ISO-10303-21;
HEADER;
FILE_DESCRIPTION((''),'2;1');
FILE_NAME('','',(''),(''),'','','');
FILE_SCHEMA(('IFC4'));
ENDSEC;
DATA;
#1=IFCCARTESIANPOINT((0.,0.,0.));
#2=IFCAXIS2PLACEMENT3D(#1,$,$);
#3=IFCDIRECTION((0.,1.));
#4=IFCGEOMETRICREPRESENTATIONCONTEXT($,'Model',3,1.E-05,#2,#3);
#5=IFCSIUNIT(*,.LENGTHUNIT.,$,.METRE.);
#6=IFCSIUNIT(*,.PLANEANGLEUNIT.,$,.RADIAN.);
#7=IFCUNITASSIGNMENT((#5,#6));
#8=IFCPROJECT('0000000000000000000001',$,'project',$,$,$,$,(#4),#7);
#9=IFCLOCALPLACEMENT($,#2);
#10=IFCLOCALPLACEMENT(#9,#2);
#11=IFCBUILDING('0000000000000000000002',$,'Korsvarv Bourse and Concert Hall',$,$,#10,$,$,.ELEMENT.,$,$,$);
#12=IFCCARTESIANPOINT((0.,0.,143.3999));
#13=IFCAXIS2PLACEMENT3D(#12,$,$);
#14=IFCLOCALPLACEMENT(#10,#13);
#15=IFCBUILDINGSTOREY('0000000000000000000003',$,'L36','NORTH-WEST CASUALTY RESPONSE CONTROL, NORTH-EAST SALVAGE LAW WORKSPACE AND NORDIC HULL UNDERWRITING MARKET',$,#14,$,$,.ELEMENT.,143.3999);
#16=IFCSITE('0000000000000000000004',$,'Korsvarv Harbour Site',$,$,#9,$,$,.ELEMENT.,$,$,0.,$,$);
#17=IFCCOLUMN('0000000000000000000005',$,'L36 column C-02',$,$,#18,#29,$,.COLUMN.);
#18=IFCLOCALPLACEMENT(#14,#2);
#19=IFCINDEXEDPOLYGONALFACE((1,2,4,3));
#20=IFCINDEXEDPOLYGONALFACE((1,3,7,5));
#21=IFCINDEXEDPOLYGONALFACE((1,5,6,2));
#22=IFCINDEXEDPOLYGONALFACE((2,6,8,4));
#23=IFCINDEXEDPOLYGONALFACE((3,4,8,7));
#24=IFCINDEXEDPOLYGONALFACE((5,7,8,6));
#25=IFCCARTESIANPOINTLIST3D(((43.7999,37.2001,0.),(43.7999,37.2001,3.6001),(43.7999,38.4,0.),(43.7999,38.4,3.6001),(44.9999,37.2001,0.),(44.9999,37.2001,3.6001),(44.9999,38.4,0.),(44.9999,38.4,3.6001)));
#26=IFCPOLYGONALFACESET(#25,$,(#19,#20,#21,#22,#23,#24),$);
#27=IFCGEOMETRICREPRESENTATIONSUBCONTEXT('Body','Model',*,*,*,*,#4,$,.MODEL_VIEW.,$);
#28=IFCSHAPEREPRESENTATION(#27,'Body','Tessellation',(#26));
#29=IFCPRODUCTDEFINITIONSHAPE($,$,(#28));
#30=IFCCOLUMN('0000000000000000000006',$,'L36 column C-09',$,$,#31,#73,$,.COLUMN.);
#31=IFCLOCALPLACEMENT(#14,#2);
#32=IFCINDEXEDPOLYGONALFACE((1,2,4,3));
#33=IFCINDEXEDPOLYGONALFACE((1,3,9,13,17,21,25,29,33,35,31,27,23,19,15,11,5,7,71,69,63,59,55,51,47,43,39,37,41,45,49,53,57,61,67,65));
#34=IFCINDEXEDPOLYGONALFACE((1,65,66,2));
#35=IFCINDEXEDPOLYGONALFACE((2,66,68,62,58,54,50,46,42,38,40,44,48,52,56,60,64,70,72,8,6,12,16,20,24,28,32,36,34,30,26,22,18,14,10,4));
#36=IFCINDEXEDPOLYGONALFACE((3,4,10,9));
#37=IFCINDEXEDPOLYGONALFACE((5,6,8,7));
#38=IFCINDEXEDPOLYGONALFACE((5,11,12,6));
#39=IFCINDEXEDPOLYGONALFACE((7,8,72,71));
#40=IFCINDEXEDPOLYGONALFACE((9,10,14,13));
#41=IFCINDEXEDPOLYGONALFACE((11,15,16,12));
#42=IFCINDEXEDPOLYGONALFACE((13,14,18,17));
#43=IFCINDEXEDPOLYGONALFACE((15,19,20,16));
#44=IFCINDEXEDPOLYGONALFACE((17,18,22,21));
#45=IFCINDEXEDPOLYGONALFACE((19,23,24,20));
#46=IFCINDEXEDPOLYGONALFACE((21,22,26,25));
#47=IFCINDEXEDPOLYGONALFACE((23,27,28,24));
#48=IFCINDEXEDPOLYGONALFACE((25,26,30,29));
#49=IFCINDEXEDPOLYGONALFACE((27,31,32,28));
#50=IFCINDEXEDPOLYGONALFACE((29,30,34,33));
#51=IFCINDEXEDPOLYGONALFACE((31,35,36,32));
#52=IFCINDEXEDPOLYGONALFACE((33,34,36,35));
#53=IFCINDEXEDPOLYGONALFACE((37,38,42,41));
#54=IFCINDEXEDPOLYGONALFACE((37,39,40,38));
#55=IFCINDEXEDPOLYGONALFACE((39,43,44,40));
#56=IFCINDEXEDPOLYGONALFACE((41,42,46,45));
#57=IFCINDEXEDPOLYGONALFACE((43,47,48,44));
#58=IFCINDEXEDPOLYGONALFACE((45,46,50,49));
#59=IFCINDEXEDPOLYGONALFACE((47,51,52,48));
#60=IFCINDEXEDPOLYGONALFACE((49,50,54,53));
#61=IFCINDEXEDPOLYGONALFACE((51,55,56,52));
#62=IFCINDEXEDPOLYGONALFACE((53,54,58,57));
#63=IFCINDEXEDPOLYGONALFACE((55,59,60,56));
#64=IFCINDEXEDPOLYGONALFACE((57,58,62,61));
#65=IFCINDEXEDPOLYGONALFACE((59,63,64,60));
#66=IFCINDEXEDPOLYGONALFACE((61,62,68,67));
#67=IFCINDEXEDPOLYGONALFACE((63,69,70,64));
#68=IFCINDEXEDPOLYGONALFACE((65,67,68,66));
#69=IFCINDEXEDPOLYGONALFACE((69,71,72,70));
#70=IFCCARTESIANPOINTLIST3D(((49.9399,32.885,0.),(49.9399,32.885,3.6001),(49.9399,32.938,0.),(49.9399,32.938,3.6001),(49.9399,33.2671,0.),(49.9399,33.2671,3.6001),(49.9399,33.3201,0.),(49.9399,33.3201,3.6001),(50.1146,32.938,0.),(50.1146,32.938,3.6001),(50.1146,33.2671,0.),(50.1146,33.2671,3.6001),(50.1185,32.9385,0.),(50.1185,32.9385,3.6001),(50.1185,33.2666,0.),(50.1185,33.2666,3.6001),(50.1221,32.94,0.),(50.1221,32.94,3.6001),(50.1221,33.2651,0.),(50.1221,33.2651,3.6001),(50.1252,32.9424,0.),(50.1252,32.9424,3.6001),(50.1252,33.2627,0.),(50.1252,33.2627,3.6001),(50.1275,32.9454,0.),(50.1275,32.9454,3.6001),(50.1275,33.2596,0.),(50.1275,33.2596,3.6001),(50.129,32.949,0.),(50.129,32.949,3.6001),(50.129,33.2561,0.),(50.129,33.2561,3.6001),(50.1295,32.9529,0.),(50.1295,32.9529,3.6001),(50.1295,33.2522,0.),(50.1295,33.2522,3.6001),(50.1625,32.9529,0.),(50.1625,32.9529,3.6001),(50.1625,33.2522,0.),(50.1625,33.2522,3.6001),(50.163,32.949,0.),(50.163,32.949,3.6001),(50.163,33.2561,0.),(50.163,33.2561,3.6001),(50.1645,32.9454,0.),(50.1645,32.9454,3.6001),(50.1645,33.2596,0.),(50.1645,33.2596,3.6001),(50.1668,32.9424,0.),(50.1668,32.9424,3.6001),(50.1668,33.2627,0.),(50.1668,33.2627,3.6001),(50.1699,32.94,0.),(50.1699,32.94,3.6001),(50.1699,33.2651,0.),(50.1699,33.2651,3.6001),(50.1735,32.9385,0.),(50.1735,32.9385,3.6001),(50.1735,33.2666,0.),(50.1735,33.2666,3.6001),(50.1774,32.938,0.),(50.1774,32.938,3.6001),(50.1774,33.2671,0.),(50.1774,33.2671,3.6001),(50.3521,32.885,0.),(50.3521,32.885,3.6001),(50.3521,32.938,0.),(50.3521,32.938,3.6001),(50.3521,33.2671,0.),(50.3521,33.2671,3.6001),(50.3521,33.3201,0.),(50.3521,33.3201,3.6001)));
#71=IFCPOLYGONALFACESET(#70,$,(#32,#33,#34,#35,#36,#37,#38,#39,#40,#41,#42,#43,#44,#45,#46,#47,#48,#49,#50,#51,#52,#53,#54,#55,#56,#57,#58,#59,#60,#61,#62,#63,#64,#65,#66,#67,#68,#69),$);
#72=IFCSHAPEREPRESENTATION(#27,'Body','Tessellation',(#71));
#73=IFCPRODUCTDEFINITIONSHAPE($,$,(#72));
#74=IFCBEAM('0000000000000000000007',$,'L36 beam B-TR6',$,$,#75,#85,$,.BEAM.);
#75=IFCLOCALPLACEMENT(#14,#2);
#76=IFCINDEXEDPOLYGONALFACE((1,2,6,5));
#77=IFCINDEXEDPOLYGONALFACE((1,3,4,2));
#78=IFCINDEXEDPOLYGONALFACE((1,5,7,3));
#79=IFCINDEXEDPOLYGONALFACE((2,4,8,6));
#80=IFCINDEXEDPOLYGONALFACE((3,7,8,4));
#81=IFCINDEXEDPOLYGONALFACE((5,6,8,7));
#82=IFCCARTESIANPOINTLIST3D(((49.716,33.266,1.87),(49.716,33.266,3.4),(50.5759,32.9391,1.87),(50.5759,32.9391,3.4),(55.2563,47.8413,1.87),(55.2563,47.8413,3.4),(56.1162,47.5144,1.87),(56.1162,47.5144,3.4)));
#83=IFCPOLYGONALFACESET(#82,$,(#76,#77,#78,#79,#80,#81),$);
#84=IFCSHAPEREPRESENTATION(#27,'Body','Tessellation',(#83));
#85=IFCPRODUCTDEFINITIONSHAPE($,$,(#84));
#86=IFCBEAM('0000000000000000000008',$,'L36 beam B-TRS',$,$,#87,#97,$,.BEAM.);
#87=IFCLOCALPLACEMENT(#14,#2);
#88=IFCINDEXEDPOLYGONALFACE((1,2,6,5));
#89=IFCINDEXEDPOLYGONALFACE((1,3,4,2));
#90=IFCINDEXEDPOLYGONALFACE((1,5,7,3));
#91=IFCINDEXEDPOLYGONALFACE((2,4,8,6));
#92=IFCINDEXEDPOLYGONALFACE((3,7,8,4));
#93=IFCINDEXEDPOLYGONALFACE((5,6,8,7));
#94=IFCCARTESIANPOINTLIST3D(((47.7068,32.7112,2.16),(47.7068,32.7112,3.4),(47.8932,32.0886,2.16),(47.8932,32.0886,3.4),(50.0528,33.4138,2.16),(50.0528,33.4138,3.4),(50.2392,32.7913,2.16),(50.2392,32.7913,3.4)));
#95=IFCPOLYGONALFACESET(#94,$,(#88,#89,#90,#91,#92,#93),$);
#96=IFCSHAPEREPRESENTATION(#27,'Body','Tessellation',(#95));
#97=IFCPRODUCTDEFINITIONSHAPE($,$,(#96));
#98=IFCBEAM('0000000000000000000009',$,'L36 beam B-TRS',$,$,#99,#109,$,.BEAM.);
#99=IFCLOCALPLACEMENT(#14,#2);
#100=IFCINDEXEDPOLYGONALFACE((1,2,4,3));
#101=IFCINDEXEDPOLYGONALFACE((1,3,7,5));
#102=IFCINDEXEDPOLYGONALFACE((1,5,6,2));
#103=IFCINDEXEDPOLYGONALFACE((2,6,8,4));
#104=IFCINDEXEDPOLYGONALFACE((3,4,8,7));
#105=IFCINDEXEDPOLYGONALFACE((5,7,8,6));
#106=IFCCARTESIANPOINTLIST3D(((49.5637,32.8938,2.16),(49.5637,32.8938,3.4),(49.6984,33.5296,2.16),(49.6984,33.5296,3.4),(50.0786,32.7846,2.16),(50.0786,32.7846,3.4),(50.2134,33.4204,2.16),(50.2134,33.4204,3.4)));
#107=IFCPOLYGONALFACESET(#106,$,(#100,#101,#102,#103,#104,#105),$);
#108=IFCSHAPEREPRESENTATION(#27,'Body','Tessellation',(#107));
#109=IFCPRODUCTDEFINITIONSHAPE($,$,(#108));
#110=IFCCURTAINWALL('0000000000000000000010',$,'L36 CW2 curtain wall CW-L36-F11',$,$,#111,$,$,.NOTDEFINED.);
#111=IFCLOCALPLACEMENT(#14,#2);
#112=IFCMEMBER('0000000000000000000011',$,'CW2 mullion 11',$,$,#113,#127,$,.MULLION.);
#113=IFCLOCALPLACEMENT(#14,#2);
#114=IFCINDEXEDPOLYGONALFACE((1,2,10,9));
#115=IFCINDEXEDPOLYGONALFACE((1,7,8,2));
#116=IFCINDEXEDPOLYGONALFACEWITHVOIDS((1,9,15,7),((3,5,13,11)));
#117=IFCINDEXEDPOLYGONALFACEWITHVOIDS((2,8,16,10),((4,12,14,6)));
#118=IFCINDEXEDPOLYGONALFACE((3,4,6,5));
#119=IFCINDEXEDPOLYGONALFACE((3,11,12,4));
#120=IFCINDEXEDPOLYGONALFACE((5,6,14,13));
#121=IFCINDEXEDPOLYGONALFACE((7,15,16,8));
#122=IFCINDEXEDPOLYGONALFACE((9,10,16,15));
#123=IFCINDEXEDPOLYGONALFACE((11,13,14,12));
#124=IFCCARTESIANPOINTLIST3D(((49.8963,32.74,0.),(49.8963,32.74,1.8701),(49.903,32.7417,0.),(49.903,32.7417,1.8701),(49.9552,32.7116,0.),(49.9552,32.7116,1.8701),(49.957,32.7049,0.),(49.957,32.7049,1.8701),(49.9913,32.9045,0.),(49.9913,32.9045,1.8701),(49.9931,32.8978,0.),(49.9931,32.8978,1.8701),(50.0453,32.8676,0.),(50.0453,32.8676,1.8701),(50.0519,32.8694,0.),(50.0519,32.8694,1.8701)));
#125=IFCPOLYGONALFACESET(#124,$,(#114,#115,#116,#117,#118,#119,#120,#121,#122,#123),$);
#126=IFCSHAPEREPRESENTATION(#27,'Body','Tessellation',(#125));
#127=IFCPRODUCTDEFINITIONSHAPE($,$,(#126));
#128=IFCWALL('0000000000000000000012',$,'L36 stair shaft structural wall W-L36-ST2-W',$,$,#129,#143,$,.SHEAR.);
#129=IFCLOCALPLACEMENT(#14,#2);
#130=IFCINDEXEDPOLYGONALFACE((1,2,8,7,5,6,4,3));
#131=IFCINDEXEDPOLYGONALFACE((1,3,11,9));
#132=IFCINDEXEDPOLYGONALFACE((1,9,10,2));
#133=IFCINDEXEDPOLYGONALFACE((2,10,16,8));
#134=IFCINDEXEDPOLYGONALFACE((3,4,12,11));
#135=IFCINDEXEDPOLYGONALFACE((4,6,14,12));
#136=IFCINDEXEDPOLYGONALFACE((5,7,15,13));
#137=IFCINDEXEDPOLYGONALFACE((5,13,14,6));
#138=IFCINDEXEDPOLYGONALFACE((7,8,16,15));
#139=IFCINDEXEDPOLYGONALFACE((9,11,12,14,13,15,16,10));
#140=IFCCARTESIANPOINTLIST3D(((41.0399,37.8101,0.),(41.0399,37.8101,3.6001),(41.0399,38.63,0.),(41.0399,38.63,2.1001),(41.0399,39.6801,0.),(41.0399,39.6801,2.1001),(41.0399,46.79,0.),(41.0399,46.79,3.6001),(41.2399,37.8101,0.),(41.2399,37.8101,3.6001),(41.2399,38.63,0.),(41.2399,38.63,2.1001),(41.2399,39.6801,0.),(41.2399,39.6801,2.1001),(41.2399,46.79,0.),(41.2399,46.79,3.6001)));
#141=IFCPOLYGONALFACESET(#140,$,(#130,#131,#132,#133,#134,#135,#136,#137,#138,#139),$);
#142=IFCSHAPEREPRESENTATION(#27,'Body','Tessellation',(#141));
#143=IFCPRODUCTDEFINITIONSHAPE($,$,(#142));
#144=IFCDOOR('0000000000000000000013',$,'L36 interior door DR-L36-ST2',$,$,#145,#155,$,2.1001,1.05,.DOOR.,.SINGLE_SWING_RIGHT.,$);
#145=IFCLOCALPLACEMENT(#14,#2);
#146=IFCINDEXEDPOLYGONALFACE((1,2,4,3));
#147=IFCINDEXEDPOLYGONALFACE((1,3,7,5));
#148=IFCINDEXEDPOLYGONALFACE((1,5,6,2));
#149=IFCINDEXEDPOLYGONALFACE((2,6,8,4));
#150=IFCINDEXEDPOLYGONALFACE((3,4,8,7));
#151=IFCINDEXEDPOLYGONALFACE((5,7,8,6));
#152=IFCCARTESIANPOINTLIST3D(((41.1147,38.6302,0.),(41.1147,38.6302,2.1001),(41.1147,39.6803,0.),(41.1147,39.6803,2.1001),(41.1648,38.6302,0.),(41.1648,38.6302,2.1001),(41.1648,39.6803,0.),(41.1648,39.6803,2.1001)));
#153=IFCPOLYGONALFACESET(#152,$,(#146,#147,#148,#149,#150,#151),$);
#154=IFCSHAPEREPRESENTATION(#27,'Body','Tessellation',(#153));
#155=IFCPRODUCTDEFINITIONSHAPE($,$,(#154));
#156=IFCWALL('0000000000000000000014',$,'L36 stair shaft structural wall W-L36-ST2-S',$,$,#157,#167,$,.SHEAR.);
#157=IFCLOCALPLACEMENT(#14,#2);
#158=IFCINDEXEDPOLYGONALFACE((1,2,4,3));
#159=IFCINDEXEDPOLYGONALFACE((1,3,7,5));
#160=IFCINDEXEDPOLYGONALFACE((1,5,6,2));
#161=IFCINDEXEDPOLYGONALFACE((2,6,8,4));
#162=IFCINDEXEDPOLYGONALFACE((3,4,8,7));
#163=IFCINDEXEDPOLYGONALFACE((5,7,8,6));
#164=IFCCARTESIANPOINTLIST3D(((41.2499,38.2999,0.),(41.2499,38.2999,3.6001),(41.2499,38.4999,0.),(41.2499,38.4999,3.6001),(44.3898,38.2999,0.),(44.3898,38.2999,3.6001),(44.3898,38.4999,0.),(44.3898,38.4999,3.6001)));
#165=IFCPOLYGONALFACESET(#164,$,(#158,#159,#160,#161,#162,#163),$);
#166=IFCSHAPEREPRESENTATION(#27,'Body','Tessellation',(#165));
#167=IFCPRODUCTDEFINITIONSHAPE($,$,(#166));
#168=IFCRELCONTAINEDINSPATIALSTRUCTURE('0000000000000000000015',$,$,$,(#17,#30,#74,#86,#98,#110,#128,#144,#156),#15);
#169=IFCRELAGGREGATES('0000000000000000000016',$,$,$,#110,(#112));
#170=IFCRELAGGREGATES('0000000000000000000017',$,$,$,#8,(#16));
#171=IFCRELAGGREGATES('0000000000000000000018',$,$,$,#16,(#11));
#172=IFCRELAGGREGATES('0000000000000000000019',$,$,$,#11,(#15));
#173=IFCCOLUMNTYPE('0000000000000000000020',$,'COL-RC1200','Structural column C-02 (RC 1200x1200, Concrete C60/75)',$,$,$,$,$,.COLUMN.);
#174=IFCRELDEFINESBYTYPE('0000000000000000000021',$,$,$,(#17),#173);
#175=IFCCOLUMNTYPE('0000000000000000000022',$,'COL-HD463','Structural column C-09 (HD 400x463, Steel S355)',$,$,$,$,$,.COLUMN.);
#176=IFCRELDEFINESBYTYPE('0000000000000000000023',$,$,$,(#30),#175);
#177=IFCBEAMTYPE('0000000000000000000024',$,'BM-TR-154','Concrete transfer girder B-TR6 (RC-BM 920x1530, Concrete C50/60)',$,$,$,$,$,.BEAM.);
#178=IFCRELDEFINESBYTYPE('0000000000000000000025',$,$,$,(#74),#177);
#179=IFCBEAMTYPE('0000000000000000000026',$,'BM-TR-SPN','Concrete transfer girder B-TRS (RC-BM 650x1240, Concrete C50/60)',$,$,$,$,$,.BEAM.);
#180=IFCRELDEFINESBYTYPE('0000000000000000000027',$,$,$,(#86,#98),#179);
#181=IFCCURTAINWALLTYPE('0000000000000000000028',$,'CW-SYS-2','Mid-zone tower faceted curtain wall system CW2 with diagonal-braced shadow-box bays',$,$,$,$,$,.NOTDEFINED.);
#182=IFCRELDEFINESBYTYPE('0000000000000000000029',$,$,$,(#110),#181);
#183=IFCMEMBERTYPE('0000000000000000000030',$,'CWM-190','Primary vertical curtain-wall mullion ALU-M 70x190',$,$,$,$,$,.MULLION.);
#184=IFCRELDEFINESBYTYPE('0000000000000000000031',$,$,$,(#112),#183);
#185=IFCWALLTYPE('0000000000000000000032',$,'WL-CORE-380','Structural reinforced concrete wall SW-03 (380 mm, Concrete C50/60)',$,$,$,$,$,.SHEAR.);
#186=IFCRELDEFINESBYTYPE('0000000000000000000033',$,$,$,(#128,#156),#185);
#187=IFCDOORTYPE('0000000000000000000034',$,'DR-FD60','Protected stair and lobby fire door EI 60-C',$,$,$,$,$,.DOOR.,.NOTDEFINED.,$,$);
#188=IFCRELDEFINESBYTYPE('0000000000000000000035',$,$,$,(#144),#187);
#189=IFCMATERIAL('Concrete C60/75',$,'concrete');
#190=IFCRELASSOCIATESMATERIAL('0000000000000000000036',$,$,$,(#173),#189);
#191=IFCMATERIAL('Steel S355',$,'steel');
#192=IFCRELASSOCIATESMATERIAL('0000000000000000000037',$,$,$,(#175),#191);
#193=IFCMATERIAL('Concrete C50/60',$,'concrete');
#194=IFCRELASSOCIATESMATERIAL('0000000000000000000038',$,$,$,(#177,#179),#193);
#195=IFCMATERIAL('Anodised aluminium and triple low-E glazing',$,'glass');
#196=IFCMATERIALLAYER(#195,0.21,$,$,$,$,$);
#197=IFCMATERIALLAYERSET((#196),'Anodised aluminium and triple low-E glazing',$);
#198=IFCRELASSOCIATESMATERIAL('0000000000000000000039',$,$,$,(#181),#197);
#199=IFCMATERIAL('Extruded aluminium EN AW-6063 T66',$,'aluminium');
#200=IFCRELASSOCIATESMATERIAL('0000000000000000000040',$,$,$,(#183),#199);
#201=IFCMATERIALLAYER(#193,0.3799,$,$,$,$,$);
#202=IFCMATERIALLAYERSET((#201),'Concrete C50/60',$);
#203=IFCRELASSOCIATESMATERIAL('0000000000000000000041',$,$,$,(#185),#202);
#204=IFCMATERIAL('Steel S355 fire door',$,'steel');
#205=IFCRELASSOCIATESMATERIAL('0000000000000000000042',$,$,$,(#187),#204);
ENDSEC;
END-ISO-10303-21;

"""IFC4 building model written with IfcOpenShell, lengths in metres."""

from ifc_helpers import new_model, si_unit, direction, frame, frame_2d, origin, origin_2d, place, context, subcontext, project, spatial, rectangle, hollow_rectangle, i_section, extrude, source, transform, mapped, material, layer, layer_set, material_profile, profile_set, type_object, element, fill, aggregate, save


model = new_model("IFC4")

# Units and contexts
model_context = context("Model", 3, precision=1e-05, world=origin(), true_north=direction((0.0, 1.0)))
body_context = subcontext(model_context, "Body", "Model", "MODEL_VIEW")
ifc_project = project(units=[si_unit("LENGTHUNIT", "METRE"), si_unit("PLANEANGLEUNIT", "RADIAN")], contexts=[model_context])

# Site, building, storey
site_placement = place(None, origin())
site = spatial("IfcSite", under=ifc_project, at=site_placement, Name="Korsvarv Harbour Site", CompositionType="ELEMENT", RefElevation=0.0)
building_placement = place(site_placement, origin())
building = spatial("IfcBuilding", under=site, at=building_placement, Name="Korsvarv Bourse and Concert Hall", CompositionType="ELEMENT")
storey_placement = place(building_placement, frame((0.0, 0.0, 143.3999)))
storey = spatial("IfcBuildingStorey", under=building, at=storey_placement, Name="L36", Description="NORTH-WEST CASUALTY RESPONSE CONTROL, NORTH-EAST SALVAGE LAW WORKSPACE AND NORDIC HULL UNDERWRITING MARKET", CompositionType="ELEMENT", Elevation=143.3999)

# Columns
ifc_material_1 = material(Name="Concrete C60/75", Category="concrete")
ifc_material_profile_1 = material_profile(ifc_material_1, rectangle(XDim=1.2, YDim=1.2, at=origin_2d()), Name="RC 1200x1200")
ifc_profile_set_1 = profile_set([ifc_material_profile_1], Name="Concrete C60/75")
column_type_1 = type_object("IfcColumnType", Name="COL-RC1200", Description="Structural column C-02 (RC 1200x1200, Concrete C60/75)", PredefinedType="COLUMN", material=ifc_profile_set_1)
shared_shape_1 = source(origin(), body_context, "Body", "SweptSolid", [
    extrude(rectangle(XDim=1.2, YDim=1.2, at=origin_2d()), origin(), (0.0, 0.0, 1.0), 3.6001),
])
column_1_placement = place(storey_placement, frame((44.3999, 37.8, 0.0), z_axis=(0.0, 0.0, 1.0), x_axis=(1.0, 0.0, 0.0)))
element("IfcColumn", 1, at=column_1_placement, inside=storey, type_object=column_type_1, Name="L36 column C-02", PredefinedType="COLUMN", context=body_context, shape_type="MappedRepresentation", body=[
    mapped(shared_shape_1, transform((0.0, 0.0, 0.0), scale=1.0)),
])
ifc_material_2 = material(Name="Steel S355", Category="steel")
ifc_material_profile_2 = material_profile(ifc_material_2, i_section(OverallWidth=0.4121, OverallDepth=0.4351, WebThickness=0.033, FlangeThickness=0.053, FilletRadius=0.0149, at=origin_2d()), Name="HD 400x463")
ifc_profile_set_2 = profile_set([ifc_material_profile_2], Name="Steel S355")
column_type_2 = type_object("IfcColumnType", Name="COL-HD463", Description="Structural column C-09 (HD 400x463, Steel S355)", PredefinedType="COLUMN", material=ifc_profile_set_2)
shared_shape_2 = source(origin(), body_context, "Body", "SweptSolid", [
    extrude(i_section(OverallWidth=0.4121, OverallDepth=0.4351, WebThickness=0.033, FlangeThickness=0.053, FilletRadius=0.0149, at=origin_2d()), origin(), (0.0, 0.0, 1.0), 3.6001),
])
column_2_placement = place(storey_placement, frame((50.146, 33.1025, 0.0), z_axis=(0.0, 0.0, 1.0), x_axis=(1.0, 0.0, 0.0)))
element("IfcColumn", 2, at=column_2_placement, inside=storey, type_object=column_type_2, Name="L36 column C-09", PredefinedType="COLUMN", context=body_context, shape_type="MappedRepresentation", body=[
    mapped(shared_shape_2, transform((0.0, 0.0, 0.0), scale=1.0)),
])

# Beams
ifc_material_3 = material(Name="Concrete C50/60", Category="concrete")
ifc_material_profile_3 = material_profile(ifc_material_3, rectangle(XDim=0.9199, YDim=1.53, at=origin_2d()), Name="RC-BM 920x1530")
ifc_profile_set_3 = profile_set([ifc_material_profile_3], Name="Concrete C50/60")
beam_type_1 = type_object("IfcBeamType", Name="BM-TR-154", Description="Concrete transfer girder B-TR6 (RC-BM 920x1530, Concrete C50/60)", PredefinedType="BEAM", material=ifc_profile_set_3)
shared_shape_3 = source(origin(), body_context, "Body", "SweptSolid", [
    extrude(rectangle(XDim=0.9199, YDim=1.53, at=origin_2d()), origin(), (0.0, 0.0, 1.0), 15.5928),
])
beam_1_placement = place(storey_placement, frame((50.146, 33.1025, 2.635), z_axis=(0.355308, 0.934749, 0.0), x_axis=(-0.934749, 0.355308, 0.0)))
element("IfcBeam", 3, at=beam_1_placement, inside=storey, type_object=beam_type_1, Name="L36 beam B-TR6", PredefinedType="BEAM", context=body_context, shape_type="MappedRepresentation", body=[
    mapped(shared_shape_3, transform((0.0, 0.0, 0.0), scale=1.0)),
])
ifc_material_profile_4 = material_profile(ifc_material_3, rectangle(XDim=0.6499, YDim=1.24, at=origin_2d()), Name="RC-BM 650x1240")
ifc_profile_set_4 = profile_set([ifc_material_profile_4], Name="Concrete C50/60")
beam_type_2 = type_object("IfcBeamType", Name="BM-TR-SPN", Description="Concrete transfer girder B-TRS (RC-BM 650x1240, Concrete C50/60)", PredefinedType="BEAM", material=ifc_profile_set_4)
shared_shape_4 = source(origin(), body_context, "Body", "SweptSolid", [
    extrude(rectangle(XDim=0.6499, YDim=1.24, at=origin_2d()), origin(), (0.0, 0.0, 1.0), 2.449),
])
beam_2_placement = place(storey_placement, frame((50.146, 33.1025, 2.78), z_axis=(-0.957955, -0.286918, 0.0), x_axis=(0.286918, -0.957955, 0.0)))
element("IfcBeam", 4, at=beam_2_placement, inside=storey, type_object=beam_type_2, Name="L36 beam B-TRS", PredefinedType="BEAM", context=body_context, shape_type="MappedRepresentation", body=[
    mapped(shared_shape_4, transform((0.0, 0.0, 0.0), scale=1.0)),
])
shared_shape_5 = source(origin(), body_context, "Body", "SweptSolid", [
    extrude(rectangle(XDim=0.6499, YDim=1.24, at=origin_2d()), origin(), (0.0, 0.0, 1.0), 0.5264),
])
beam_3_placement = place(storey_placement, frame((50.146, 33.1025, 2.78), z_axis=(-0.978268, 0.207343, 0.0), x_axis=(-0.207343, -0.978268, 0.0)))
element("IfcBeam", 5, at=beam_3_placement, inside=storey, type_object=beam_type_2, Name="L36 beam B-TRS", PredefinedType="BEAM", context=body_context, shape_type="MappedRepresentation", body=[
    mapped(shared_shape_5, transform((0.0, 0.0, 0.0), scale=1.0)),
])

# Curtain wall, member
ifc_material_4 = material(Name="Anodised aluminium and triple low-E glazing", Category="glass")
ifc_layer_1 = layer(ifc_material_4, 0.21)
ifc_layer_set_1 = layer_set([ifc_layer_1], Name="Anodised aluminium and triple low-E glazing")
curtain_wall_type = type_object("IfcCurtainWallType", Name="CW-SYS-2", Description="Mid-zone tower faceted curtain wall system CW2 with diagonal-braced shadow-box bays", PredefinedType="NOTDEFINED", material=ifc_layer_set_1)
curtain_wall_placement = place(storey_placement, origin())
curtain_wall = element("IfcCurtainWall", 6, at=curtain_wall_placement, inside=storey, type_object=curtain_wall_type, Name="L36 CW2 curtain wall CW-L36-F11", PredefinedType="NOTDEFINED")
ifc_material_5 = material(Name="Extruded aluminium EN AW-6063 T66", Category="aluminium")
ifc_material_profile_5 = material_profile(ifc_material_5, hollow_rectangle(XDim=0.0701, YDim=0.1899, WallThickness=0.0049, at=origin_2d()), Name="ALU-M 70x190")
ifc_profile_set_5 = profile_set([ifc_material_profile_5], Name="Extruded aluminium EN AW-6063 T66")
member_type = type_object("IfcMemberType", Name="CWM-190", Description="Primary vertical curtain-wall mullion ALU-M 70x190", PredefinedType="MULLION", material=ifc_profile_set_5)
shared_shape_6 = source(origin(), body_context, "Body", "SweptSolid", [
    extrude(hollow_rectangle(XDim=0.0701, YDim=0.1899, WallThickness=0.0049, at=origin_2d()), origin(), (0.0, 0.0, 1.0), 1.8701),
])
member_placement = place(storey_placement, frame((49.9741, 32.8047, 0.0), z_axis=(0.0, 0.0, 1.0), x_axis=(-0.866025, 0.5, 0.0)))
member = element("IfcMember", 7, at=member_placement, type_object=member_type, Name="CW2 mullion 11", PredefinedType="MULLION", context=body_context, shape_type="MappedRepresentation", body=[
    mapped(shared_shape_6, transform((0.0, 0.0, 0.0), scale=1.0)),
])
aggregate(curtain_wall, [member])

# Wall, opening, door
ifc_layer_2 = layer(ifc_material_3, 0.3799)
ifc_layer_set_2 = layer_set([ifc_layer_2], Name="Concrete C50/60")
wall_type_1 = type_object("IfcWallType", Name="WL-CORE-380", Description="Structural reinforced concrete wall SW-03 (380 mm, Concrete C50/60)", PredefinedType="SHEAR", material=ifc_layer_set_2)
wall_1_placement = place(storey_placement, frame((41.1399, 37.8101, 0.0), z_axis=(0.0, 0.0, 1.0), x_axis=(0.0, 1.0, 0.0)))
wall_1 = element("IfcWall", 8, at=wall_1_placement, inside=storey, type_object=wall_type_1, Name="L36 stair shaft structural wall W-L36-ST2-W", PredefinedType="SHEAR", context=body_context, shape_type="SweptSolid", body=[
    extrude(rectangle(XDim=8.98, YDim=0.2, at=frame_2d((4.49, 0.0))), origin(), (0.0, 0.0, 1.0), 3.6001),
])
opening_1_placement = place(wall_1_placement, frame((0.8201, 0.0, 0.0)))
opening_1 = element("IfcOpeningElement", 9, at=opening_1_placement, cuts=wall_1, PredefinedType="OPENING", context=body_context, shape_type="SweptSolid", body=[
    extrude(rectangle(XDim=1.05, YDim=2.1001, at=frame_2d((0.5249, 1.05))), frame((0.0, 0.1099, 0.0), z_axis=(0.0, -1.0, 0.0), x_axis=(1.0, 0.0, 0.0)), (0.0, 0.0, 1.0), 0.22),
])
ifc_material_6 = material(Name="Steel S355 fire door", Category="steel")
door_type = type_object("IfcDoorType", Name="DR-FD60", Description="Protected stair and lobby fire door EI 60-C", OperationType="NOTDEFINED", PredefinedType="DOOR", material=ifc_material_6)
door_1_placement = place(opening_1_placement, frame((1.05, 0.0, 0.0), z_axis=(0.0, 0.0, 1.0), x_axis=(-1.0, 0.0, 0.0)))
door_1 = element("IfcDoor", 10, at=door_1_placement, inside=storey, type_object=door_type, Name="L36 interior door DR-L36-ST2", OperationType="SINGLE_SWING_RIGHT", OverallHeight=2.1001, OverallWidth=1.05, PredefinedType="DOOR", context=body_context, shape_type="SweptSolid", body=[
    extrude(rectangle(XDim=1.05, YDim=2.1001, at=frame_2d((0.5249, 1.05))), frame((0.0, 0.0249, 0.0), z_axis=(0.0, -1.0, 0.0), x_axis=(1.0, 0.0, 0.0)), (0.0, 0.0, 1.0), 0.05),
])
fill(opening_1, door_1)

# Wall
wall_2_placement = place(storey_placement, frame((41.25, 38.3999, 0.0), z_axis=(0.0, 0.0, 1.0), x_axis=(1.0, 0.0, 0.0)))
element("IfcWall", 11, at=wall_2_placement, inside=storey, type_object=wall_type_1, Name="L36 stair shaft structural wall W-L36-ST2-S", PredefinedType="SHEAR", context=body_context, shape_type="SweptSolid", body=[
    extrude(rectangle(XDim=3.1399, YDim=0.2, at=frame_2d((1.5698, 0.0))), origin(), (0.0, 0.0, 1.0), 3.6001),
])

save(model, "model.ifc")
